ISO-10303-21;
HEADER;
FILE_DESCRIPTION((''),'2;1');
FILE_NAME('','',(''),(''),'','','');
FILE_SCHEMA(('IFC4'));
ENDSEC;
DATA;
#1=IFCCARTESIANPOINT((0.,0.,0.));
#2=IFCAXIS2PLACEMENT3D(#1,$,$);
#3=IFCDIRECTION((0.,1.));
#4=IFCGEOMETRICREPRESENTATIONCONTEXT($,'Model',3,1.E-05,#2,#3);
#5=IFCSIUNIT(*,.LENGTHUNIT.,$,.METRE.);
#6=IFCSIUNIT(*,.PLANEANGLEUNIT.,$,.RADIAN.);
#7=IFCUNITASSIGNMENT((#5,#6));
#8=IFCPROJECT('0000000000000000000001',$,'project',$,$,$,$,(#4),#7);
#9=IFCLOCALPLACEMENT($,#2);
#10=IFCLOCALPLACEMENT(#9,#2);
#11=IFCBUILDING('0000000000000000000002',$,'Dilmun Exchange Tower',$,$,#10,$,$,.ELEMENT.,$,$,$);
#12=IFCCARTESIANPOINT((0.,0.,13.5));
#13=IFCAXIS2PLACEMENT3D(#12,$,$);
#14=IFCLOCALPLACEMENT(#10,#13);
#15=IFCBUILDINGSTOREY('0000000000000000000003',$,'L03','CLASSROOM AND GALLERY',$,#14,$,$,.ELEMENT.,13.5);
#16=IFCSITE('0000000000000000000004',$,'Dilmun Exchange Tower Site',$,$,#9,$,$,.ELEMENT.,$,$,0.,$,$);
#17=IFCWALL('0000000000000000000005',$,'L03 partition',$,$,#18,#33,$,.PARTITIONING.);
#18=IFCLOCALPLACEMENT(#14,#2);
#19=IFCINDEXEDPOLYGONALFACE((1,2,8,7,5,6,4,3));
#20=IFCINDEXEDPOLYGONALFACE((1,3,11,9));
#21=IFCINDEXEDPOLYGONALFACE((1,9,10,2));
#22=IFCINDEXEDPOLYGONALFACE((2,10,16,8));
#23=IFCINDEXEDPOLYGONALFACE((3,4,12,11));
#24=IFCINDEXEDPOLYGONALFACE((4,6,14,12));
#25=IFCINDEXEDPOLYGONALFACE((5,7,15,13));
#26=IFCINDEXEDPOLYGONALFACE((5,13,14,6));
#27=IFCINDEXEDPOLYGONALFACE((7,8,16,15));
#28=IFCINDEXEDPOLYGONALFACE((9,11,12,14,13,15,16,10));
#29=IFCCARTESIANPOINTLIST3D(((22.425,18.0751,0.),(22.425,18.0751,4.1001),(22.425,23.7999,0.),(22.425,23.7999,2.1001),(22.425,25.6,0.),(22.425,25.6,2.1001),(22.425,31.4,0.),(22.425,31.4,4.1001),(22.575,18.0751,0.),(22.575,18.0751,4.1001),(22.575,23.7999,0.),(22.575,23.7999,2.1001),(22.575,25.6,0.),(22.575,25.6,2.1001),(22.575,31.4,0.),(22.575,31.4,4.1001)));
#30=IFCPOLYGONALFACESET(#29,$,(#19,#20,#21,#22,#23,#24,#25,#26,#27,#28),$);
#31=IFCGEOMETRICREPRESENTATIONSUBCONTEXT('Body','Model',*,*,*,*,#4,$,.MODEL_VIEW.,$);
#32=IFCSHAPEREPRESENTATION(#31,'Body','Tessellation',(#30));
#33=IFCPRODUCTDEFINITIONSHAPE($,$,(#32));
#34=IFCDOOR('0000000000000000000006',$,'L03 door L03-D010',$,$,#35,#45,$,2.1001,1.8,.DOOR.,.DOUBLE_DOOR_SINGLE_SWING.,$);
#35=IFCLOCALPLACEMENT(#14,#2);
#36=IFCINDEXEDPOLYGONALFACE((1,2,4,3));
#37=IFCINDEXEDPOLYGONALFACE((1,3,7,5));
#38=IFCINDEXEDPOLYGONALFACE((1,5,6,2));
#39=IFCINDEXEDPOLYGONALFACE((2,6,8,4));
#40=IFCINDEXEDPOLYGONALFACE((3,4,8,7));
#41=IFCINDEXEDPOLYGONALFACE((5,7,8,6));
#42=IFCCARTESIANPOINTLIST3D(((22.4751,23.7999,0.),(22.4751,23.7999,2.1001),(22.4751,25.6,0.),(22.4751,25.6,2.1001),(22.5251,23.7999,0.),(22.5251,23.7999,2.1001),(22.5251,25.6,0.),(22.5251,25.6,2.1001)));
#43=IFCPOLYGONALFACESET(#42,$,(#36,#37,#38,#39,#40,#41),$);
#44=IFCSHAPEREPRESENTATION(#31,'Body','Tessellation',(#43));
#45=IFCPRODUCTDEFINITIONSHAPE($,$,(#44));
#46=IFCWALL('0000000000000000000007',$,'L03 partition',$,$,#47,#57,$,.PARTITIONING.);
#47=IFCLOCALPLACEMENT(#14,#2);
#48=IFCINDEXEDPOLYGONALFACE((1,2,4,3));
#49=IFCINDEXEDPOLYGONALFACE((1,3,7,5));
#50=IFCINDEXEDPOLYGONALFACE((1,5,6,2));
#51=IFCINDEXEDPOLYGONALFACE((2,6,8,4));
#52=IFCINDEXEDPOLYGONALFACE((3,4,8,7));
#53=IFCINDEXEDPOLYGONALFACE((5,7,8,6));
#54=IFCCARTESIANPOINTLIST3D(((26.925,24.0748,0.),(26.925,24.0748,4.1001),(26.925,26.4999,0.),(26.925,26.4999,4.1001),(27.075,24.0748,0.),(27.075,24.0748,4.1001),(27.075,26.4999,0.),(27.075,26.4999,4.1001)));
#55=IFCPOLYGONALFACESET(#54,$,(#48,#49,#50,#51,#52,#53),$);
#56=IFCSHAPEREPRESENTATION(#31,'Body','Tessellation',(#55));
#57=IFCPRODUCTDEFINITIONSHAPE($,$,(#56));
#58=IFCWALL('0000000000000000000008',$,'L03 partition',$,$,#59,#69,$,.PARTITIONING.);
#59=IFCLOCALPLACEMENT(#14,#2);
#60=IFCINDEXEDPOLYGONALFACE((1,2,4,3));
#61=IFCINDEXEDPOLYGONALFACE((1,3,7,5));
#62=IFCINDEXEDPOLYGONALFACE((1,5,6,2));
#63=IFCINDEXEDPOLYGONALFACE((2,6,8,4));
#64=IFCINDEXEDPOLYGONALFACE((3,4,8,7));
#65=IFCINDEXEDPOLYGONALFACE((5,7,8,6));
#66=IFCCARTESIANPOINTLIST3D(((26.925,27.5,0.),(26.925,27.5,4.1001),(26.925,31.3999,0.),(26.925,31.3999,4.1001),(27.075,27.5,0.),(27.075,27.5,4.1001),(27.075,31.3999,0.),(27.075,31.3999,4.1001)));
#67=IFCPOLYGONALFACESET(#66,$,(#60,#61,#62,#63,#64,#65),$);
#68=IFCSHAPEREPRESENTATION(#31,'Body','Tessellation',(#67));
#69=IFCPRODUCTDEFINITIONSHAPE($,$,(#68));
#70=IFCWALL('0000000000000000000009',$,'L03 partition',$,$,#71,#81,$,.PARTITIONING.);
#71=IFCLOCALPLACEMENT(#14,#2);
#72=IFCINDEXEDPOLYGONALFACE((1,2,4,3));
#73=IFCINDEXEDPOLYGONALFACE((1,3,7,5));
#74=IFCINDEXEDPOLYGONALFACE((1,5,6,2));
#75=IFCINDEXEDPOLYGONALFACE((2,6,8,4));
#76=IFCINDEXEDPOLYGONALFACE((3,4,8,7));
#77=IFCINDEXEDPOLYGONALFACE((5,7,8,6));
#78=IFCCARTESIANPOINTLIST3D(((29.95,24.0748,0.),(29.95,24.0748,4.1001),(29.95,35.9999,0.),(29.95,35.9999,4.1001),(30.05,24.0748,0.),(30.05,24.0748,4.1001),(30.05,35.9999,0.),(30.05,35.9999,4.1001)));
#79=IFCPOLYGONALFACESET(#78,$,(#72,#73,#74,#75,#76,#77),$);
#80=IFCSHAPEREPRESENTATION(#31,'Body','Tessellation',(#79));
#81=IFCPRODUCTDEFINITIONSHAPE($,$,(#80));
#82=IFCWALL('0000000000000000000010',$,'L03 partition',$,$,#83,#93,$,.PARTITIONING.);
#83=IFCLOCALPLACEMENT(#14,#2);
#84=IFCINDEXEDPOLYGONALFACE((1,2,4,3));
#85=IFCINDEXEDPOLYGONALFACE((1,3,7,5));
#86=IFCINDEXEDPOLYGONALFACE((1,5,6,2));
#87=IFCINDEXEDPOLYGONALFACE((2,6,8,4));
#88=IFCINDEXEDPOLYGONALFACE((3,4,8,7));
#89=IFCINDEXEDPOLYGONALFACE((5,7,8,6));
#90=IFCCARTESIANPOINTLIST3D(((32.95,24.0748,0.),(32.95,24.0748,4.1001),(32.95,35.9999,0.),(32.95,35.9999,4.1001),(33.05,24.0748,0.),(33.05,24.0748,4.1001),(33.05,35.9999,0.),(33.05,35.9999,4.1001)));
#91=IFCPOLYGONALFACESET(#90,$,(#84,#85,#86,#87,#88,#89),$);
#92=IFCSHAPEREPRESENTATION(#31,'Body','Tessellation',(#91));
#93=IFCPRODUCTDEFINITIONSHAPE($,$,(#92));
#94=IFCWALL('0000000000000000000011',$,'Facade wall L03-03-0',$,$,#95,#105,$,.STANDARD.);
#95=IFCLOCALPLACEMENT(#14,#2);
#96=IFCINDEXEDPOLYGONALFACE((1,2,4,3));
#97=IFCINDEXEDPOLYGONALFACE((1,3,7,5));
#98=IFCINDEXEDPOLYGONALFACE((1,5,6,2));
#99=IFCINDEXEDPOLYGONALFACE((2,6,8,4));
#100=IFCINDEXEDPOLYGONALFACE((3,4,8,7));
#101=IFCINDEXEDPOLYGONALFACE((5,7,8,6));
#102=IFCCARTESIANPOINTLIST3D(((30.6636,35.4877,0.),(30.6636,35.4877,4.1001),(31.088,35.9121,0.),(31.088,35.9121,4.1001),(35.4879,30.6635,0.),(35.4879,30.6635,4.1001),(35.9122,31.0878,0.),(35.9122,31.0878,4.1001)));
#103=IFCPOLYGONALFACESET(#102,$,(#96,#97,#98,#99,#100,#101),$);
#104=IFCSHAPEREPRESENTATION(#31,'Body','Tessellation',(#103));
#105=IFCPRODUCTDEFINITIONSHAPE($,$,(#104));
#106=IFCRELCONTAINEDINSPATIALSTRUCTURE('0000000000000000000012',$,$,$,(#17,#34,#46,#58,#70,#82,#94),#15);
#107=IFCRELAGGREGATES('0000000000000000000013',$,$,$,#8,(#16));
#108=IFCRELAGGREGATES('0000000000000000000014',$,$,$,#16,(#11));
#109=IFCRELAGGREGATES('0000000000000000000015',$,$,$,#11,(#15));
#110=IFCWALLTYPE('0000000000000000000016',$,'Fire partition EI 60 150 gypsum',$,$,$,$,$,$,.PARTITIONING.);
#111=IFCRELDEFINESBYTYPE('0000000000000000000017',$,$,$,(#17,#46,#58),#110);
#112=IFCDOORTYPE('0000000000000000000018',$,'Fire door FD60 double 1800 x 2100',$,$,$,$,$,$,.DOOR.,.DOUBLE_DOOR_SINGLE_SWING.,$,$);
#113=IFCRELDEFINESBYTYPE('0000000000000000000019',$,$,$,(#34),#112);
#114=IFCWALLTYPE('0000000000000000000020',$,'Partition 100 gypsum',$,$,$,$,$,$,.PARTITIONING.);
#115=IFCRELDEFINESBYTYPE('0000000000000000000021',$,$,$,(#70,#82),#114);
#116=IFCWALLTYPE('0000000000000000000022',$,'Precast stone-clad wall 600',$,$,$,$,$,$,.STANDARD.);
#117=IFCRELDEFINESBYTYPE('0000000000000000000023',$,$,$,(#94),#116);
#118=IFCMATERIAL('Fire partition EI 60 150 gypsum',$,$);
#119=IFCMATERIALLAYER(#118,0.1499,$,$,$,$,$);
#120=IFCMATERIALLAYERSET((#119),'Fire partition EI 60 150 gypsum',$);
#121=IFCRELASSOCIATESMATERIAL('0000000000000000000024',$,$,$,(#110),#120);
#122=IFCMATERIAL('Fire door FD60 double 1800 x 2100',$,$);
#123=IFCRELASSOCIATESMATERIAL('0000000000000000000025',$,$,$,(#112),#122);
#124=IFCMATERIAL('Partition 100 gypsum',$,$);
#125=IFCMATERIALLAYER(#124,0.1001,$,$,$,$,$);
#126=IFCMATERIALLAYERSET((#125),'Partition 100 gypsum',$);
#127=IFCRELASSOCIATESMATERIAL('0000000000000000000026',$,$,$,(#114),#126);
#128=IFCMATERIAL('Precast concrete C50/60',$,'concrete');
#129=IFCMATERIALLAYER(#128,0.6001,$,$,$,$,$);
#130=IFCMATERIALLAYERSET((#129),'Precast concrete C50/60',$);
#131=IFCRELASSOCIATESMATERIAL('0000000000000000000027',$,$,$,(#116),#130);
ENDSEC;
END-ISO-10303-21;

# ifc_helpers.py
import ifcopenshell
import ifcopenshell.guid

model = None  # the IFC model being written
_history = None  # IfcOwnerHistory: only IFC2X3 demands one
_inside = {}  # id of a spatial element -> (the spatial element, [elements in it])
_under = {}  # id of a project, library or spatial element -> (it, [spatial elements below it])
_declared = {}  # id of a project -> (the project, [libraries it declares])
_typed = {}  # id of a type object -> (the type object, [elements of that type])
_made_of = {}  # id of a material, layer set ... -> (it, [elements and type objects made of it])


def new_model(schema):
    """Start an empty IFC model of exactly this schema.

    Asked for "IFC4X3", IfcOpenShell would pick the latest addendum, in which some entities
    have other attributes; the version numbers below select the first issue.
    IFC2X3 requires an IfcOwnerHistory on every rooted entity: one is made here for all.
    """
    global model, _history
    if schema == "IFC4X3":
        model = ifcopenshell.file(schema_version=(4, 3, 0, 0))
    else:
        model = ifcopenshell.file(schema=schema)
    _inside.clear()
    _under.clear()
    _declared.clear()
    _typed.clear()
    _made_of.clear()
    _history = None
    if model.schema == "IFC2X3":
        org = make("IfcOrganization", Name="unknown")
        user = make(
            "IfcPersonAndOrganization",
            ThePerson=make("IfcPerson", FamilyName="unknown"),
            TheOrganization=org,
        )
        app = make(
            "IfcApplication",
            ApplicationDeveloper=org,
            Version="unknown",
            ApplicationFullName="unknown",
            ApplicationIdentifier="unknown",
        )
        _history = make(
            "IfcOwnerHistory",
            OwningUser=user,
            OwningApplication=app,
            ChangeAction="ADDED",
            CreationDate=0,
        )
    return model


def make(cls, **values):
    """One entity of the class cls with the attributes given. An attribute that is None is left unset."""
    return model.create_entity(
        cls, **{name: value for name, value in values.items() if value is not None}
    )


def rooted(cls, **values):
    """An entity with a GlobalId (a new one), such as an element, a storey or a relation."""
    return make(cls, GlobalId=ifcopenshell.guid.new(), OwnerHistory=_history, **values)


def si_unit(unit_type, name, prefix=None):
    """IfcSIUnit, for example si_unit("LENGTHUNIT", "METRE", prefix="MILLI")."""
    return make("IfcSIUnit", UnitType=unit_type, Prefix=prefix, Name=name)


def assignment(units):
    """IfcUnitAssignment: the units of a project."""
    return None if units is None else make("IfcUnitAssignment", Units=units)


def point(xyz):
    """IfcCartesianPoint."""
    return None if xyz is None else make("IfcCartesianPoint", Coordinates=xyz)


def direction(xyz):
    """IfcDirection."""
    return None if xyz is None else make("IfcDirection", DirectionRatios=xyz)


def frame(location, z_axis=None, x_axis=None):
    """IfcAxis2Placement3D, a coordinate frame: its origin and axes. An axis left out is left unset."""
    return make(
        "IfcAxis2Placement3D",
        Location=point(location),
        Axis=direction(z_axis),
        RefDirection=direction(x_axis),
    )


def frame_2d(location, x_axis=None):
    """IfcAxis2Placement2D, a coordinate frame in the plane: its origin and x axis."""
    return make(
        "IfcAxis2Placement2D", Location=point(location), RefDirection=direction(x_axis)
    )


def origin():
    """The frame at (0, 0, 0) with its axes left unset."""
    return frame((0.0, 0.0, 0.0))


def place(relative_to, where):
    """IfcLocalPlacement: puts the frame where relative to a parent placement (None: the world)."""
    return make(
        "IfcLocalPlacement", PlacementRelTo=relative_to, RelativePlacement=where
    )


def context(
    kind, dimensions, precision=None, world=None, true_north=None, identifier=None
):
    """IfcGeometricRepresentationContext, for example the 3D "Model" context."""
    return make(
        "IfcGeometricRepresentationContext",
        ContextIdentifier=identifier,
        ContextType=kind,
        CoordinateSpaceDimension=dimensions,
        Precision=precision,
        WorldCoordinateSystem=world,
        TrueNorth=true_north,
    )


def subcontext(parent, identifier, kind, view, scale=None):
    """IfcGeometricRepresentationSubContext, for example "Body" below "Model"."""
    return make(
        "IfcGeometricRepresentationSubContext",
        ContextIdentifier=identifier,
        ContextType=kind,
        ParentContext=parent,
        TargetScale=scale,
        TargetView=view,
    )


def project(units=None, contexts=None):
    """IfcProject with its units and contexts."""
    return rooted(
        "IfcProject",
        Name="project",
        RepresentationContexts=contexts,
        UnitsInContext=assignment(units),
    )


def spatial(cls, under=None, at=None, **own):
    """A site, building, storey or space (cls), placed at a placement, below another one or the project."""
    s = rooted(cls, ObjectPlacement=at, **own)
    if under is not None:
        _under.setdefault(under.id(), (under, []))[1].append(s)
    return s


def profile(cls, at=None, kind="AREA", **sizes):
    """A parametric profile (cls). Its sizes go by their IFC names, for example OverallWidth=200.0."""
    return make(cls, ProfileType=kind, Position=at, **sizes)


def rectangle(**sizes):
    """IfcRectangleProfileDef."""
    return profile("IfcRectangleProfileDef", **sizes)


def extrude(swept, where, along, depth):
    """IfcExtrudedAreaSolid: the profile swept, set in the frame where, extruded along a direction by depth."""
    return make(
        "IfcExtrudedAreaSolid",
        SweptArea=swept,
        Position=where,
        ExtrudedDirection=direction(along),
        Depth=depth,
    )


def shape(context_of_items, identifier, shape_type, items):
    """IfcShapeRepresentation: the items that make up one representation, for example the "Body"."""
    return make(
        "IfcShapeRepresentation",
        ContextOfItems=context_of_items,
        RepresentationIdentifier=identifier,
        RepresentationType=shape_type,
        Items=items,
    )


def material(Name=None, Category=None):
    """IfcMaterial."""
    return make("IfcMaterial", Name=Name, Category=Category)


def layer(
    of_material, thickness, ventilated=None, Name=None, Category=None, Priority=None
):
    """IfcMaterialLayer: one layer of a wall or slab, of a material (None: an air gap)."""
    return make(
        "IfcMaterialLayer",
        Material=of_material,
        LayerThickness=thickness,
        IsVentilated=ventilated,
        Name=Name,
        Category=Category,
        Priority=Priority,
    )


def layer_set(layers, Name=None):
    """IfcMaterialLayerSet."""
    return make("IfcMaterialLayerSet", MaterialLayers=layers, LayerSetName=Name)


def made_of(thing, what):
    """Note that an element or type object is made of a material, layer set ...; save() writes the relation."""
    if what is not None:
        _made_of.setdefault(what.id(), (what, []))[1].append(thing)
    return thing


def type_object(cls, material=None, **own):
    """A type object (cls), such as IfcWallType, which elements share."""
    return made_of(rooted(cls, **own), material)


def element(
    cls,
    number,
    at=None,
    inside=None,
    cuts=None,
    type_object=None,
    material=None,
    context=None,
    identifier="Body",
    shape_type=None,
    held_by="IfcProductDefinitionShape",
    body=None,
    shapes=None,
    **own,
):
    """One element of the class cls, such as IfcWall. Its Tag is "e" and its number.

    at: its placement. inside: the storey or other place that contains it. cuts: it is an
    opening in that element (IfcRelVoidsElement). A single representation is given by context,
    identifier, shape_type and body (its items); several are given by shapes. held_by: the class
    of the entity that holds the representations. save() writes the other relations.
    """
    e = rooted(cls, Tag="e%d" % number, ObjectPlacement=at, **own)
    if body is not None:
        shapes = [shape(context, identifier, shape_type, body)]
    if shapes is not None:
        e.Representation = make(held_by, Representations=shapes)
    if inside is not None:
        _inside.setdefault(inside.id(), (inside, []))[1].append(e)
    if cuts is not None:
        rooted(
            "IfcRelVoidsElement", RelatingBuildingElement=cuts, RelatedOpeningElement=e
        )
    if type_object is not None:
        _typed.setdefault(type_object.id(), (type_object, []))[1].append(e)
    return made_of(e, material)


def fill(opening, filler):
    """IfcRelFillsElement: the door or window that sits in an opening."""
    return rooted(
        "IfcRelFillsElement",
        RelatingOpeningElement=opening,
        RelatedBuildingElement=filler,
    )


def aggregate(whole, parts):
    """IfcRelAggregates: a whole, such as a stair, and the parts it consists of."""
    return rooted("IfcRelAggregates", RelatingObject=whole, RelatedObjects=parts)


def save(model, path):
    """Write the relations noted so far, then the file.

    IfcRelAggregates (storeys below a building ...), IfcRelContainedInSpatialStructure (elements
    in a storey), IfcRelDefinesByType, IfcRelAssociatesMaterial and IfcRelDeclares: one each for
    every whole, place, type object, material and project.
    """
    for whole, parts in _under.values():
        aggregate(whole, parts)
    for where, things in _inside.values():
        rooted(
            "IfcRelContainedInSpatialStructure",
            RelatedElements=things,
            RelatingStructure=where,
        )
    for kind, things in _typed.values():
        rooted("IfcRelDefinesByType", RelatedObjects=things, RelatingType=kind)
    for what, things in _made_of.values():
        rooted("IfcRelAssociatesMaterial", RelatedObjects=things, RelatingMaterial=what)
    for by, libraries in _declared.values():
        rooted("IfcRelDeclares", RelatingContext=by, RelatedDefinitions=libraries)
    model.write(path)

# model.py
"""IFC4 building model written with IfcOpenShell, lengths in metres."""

from ifc_helpers import new_model, si_unit, direction, frame, frame_2d, origin, place, context, subcontext, project, spatial, rectangle, extrude, material, layer, layer_set, type_object, element, fill, save


model = new_model("IFC4")

# Units and contexts
model_context = context("Model", 3, precision=1e-05, world=origin(), true_north=direction((0.0, 1.0)))
body_context = subcontext(model_context, "Body", "Model", "MODEL_VIEW")
ifc_project = project(units=[si_unit("LENGTHUNIT", "METRE"), si_unit("PLANEANGLEUNIT", "RADIAN")], contexts=[model_context])

# Site, building, storey
site_placement = place(None, origin())
site = spatial("IfcSite", under=ifc_project, at=site_placement, Name="Dilmun Exchange Tower Site", CompositionType="ELEMENT", RefElevation=0.0)
building_placement = place(site_placement, origin())
building = spatial("IfcBuilding", under=site, at=building_placement, Name="Dilmun Exchange Tower", CompositionType="ELEMENT")
storey_placement = place(building_placement, frame((0.0, 0.0, 13.5)))
storey = spatial("IfcBuildingStorey", under=building, at=storey_placement, Name="L03", Description="CLASSROOM AND GALLERY", CompositionType="ELEMENT", Elevation=13.5)

# Shared definitions
ifc_material_1 = material(Name="Fire partition EI 60 150 gypsum")
ifc_layer_1 = layer(ifc_material_1, 0.1499)
ifc_layer_set_1 = layer_set([ifc_layer_1], Name="Fire partition EI 60 150 gypsum")
wall_type_1 = type_object("IfcWallType", Name="Fire partition EI 60 150 gypsum", PredefinedType="PARTITIONING", material=ifc_layer_set_1)

# Wall, opening, door
wall_1_placement = place(storey_placement, frame((22.5, 18.075, 0.0), z_axis=(0.0, 0.0, 1.0), x_axis=(0.0, 1.0, 0.0)))
wall_1 = element("IfcWall", 1, at=wall_1_placement, inside=storey, type_object=wall_type_1, Name="L03 partition", PredefinedType="PARTITIONING", context=body_context, shape_type="SweptSolid", body=[
    extrude(rectangle(XDim=13.325, YDim=0.1499, at=frame_2d((6.6626, 0.0))), origin(), (0.0, 0.0, 1.0), 4.1001),
])
opening_1_placement = place(wall_1_placement, frame((5.7251, 0.0, 0.0)))
opening_1 = element("IfcOpeningElement", 2, at=opening_1_placement, cuts=wall_1, PredefinedType="OPENING", context=body_context, shape_type="SweptSolid", body=[
    extrude(rectangle(XDim=1.8, YDim=2.1001, at=frame_2d((0.8999, 1.05))), frame((0.0, 0.085, 0.0), z_axis=(0.0, -1.0, 0.0), x_axis=(1.0, 0.0, 0.0)), (0.0, 0.0, 1.0), 0.1699),
])
ifc_material_2 = material(Name="Fire door FD60 double 1800 x 2100")
door_type_1 = type_object("IfcDoorType", Name="Fire door FD60 double 1800 x 2100", OperationType="DOUBLE_DOOR_SINGLE_SWING", PredefinedType="DOOR", material=ifc_material_2)
door_1_placement = place(opening_1_placement, origin())
door_1 = element("IfcDoor", 3, at=door_1_placement, inside=storey, type_object=door_type_1, Name="L03 door L03-D010", OperationType="DOUBLE_DOOR_SINGLE_SWING", OverallHeight=2.1001, OverallWidth=1.8, PredefinedType="DOOR", context=body_context, shape_type="SweptSolid", body=[
    extrude(rectangle(XDim=1.8, YDim=2.1001, at=frame_2d((0.8999, 1.05))), frame((0.0, 0.0249, 0.0), z_axis=(0.0, -1.0, 0.0), x_axis=(1.0, 0.0, 0.0)), (0.0, 0.0, 1.0), 0.05),
])
fill(opening_1, door_1)

# Walls
wall_2_placement = place(storey_placement, frame((27.0, 24.075, 0.0), z_axis=(0.0, 0.0, 1.0), x_axis=(0.0, 1.0, 0.0)))
element("IfcWall", 4, at=wall_2_placement, inside=storey, type_object=wall_type_1, Name="L03 partition", PredefinedType="PARTITIONING", context=body_context, shape_type="SweptSolid", body=[
    extrude(rectangle(XDim=2.425, YDim=0.1499, at=frame_2d((1.2124, 0.0))), origin(), (0.0, 0.0, 1.0), 4.1001),
])
wall_3_placement = place(storey_placement, frame((27.0, 27.5, 0.0), z_axis=(0.0, 0.0, 1.0), x_axis=(0.0, 1.0, 0.0)))
element("IfcWall", 5, at=wall_3_placement, inside=storey, type_object=wall_type_1, Name="L03 partition", PredefinedType="PARTITIONING", context=body_context, shape_type="SweptSolid", body=[
    extrude(rectangle(XDim=3.8999, YDim=0.1499, at=frame_2d((1.95, 0.0))), origin(), (0.0, 0.0, 1.0), 4.1001),
])
ifc_material_3 = material(Name="Partition 100 gypsum")
ifc_layer_2 = layer(ifc_material_3, 0.1001)
ifc_layer_set_2 = layer_set([ifc_layer_2], Name="Partition 100 gypsum")
wall_type_2 = type_object("IfcWallType", Name="Partition 100 gypsum", PredefinedType="PARTITIONING", material=ifc_layer_set_2)
for number, where, z_axis, x_axis, name in (
    (6, (30.0, 24.075, 0.0), (0.0, 0.0, 1.0), (0.0, 1.0, 0.0), "L03 partition"),
    (7, (33.0, 24.075, 0.0), (0.0, 0.0, 1.0), (0.0, 1.0, 0.0), "L03 partition"),
):
    element("IfcWall", number, at=place(storey_placement, frame(where, z_axis=z_axis, x_axis=x_axis)), inside=storey, type_object=wall_type_2, Name=name, PredefinedType="PARTITIONING", context=body_context, shape_type="SweptSolid", body=[
        extrude(rectangle(XDim=11.925, YDim=0.1001, at=frame_2d((5.9624, 0.0))), origin(), (0.0, 0.0, 1.0), 4.1001),
    ])
ifc_material_4 = material(Name="Precast concrete C50/60", Category="concrete")
ifc_layer_3 = layer(ifc_material_4, 0.6001)
ifc_layer_set_3 = layer_set([ifc_layer_3], Name="Precast concrete C50/60")
wall_type_3 = type_object("IfcWallType", Name="Precast stone-clad wall 600", PredefinedType="STANDARD", material=ifc_layer_set_3)
wall_4_placement = place(storey_placement, frame((35.7, 30.8757, 0.0), z_axis=(0.0, 0.0, 1.0), x_axis=(-0.707107, 0.707107, 0.0)))
element("IfcWall", 8, at=wall_4_placement, inside=storey, type_object=wall_type_3, Name="Facade wall L03-03-0", PredefinedType="STANDARD", context=body_context, shape_type="SweptSolid", body=[
    extrude(rectangle(XDim=6.8225, YDim=0.6001, at=frame_2d((3.4111, 0.0))), origin(), (0.0, 0.0, 1.0), 4.1001),
])

save(model, "model.ifc")
